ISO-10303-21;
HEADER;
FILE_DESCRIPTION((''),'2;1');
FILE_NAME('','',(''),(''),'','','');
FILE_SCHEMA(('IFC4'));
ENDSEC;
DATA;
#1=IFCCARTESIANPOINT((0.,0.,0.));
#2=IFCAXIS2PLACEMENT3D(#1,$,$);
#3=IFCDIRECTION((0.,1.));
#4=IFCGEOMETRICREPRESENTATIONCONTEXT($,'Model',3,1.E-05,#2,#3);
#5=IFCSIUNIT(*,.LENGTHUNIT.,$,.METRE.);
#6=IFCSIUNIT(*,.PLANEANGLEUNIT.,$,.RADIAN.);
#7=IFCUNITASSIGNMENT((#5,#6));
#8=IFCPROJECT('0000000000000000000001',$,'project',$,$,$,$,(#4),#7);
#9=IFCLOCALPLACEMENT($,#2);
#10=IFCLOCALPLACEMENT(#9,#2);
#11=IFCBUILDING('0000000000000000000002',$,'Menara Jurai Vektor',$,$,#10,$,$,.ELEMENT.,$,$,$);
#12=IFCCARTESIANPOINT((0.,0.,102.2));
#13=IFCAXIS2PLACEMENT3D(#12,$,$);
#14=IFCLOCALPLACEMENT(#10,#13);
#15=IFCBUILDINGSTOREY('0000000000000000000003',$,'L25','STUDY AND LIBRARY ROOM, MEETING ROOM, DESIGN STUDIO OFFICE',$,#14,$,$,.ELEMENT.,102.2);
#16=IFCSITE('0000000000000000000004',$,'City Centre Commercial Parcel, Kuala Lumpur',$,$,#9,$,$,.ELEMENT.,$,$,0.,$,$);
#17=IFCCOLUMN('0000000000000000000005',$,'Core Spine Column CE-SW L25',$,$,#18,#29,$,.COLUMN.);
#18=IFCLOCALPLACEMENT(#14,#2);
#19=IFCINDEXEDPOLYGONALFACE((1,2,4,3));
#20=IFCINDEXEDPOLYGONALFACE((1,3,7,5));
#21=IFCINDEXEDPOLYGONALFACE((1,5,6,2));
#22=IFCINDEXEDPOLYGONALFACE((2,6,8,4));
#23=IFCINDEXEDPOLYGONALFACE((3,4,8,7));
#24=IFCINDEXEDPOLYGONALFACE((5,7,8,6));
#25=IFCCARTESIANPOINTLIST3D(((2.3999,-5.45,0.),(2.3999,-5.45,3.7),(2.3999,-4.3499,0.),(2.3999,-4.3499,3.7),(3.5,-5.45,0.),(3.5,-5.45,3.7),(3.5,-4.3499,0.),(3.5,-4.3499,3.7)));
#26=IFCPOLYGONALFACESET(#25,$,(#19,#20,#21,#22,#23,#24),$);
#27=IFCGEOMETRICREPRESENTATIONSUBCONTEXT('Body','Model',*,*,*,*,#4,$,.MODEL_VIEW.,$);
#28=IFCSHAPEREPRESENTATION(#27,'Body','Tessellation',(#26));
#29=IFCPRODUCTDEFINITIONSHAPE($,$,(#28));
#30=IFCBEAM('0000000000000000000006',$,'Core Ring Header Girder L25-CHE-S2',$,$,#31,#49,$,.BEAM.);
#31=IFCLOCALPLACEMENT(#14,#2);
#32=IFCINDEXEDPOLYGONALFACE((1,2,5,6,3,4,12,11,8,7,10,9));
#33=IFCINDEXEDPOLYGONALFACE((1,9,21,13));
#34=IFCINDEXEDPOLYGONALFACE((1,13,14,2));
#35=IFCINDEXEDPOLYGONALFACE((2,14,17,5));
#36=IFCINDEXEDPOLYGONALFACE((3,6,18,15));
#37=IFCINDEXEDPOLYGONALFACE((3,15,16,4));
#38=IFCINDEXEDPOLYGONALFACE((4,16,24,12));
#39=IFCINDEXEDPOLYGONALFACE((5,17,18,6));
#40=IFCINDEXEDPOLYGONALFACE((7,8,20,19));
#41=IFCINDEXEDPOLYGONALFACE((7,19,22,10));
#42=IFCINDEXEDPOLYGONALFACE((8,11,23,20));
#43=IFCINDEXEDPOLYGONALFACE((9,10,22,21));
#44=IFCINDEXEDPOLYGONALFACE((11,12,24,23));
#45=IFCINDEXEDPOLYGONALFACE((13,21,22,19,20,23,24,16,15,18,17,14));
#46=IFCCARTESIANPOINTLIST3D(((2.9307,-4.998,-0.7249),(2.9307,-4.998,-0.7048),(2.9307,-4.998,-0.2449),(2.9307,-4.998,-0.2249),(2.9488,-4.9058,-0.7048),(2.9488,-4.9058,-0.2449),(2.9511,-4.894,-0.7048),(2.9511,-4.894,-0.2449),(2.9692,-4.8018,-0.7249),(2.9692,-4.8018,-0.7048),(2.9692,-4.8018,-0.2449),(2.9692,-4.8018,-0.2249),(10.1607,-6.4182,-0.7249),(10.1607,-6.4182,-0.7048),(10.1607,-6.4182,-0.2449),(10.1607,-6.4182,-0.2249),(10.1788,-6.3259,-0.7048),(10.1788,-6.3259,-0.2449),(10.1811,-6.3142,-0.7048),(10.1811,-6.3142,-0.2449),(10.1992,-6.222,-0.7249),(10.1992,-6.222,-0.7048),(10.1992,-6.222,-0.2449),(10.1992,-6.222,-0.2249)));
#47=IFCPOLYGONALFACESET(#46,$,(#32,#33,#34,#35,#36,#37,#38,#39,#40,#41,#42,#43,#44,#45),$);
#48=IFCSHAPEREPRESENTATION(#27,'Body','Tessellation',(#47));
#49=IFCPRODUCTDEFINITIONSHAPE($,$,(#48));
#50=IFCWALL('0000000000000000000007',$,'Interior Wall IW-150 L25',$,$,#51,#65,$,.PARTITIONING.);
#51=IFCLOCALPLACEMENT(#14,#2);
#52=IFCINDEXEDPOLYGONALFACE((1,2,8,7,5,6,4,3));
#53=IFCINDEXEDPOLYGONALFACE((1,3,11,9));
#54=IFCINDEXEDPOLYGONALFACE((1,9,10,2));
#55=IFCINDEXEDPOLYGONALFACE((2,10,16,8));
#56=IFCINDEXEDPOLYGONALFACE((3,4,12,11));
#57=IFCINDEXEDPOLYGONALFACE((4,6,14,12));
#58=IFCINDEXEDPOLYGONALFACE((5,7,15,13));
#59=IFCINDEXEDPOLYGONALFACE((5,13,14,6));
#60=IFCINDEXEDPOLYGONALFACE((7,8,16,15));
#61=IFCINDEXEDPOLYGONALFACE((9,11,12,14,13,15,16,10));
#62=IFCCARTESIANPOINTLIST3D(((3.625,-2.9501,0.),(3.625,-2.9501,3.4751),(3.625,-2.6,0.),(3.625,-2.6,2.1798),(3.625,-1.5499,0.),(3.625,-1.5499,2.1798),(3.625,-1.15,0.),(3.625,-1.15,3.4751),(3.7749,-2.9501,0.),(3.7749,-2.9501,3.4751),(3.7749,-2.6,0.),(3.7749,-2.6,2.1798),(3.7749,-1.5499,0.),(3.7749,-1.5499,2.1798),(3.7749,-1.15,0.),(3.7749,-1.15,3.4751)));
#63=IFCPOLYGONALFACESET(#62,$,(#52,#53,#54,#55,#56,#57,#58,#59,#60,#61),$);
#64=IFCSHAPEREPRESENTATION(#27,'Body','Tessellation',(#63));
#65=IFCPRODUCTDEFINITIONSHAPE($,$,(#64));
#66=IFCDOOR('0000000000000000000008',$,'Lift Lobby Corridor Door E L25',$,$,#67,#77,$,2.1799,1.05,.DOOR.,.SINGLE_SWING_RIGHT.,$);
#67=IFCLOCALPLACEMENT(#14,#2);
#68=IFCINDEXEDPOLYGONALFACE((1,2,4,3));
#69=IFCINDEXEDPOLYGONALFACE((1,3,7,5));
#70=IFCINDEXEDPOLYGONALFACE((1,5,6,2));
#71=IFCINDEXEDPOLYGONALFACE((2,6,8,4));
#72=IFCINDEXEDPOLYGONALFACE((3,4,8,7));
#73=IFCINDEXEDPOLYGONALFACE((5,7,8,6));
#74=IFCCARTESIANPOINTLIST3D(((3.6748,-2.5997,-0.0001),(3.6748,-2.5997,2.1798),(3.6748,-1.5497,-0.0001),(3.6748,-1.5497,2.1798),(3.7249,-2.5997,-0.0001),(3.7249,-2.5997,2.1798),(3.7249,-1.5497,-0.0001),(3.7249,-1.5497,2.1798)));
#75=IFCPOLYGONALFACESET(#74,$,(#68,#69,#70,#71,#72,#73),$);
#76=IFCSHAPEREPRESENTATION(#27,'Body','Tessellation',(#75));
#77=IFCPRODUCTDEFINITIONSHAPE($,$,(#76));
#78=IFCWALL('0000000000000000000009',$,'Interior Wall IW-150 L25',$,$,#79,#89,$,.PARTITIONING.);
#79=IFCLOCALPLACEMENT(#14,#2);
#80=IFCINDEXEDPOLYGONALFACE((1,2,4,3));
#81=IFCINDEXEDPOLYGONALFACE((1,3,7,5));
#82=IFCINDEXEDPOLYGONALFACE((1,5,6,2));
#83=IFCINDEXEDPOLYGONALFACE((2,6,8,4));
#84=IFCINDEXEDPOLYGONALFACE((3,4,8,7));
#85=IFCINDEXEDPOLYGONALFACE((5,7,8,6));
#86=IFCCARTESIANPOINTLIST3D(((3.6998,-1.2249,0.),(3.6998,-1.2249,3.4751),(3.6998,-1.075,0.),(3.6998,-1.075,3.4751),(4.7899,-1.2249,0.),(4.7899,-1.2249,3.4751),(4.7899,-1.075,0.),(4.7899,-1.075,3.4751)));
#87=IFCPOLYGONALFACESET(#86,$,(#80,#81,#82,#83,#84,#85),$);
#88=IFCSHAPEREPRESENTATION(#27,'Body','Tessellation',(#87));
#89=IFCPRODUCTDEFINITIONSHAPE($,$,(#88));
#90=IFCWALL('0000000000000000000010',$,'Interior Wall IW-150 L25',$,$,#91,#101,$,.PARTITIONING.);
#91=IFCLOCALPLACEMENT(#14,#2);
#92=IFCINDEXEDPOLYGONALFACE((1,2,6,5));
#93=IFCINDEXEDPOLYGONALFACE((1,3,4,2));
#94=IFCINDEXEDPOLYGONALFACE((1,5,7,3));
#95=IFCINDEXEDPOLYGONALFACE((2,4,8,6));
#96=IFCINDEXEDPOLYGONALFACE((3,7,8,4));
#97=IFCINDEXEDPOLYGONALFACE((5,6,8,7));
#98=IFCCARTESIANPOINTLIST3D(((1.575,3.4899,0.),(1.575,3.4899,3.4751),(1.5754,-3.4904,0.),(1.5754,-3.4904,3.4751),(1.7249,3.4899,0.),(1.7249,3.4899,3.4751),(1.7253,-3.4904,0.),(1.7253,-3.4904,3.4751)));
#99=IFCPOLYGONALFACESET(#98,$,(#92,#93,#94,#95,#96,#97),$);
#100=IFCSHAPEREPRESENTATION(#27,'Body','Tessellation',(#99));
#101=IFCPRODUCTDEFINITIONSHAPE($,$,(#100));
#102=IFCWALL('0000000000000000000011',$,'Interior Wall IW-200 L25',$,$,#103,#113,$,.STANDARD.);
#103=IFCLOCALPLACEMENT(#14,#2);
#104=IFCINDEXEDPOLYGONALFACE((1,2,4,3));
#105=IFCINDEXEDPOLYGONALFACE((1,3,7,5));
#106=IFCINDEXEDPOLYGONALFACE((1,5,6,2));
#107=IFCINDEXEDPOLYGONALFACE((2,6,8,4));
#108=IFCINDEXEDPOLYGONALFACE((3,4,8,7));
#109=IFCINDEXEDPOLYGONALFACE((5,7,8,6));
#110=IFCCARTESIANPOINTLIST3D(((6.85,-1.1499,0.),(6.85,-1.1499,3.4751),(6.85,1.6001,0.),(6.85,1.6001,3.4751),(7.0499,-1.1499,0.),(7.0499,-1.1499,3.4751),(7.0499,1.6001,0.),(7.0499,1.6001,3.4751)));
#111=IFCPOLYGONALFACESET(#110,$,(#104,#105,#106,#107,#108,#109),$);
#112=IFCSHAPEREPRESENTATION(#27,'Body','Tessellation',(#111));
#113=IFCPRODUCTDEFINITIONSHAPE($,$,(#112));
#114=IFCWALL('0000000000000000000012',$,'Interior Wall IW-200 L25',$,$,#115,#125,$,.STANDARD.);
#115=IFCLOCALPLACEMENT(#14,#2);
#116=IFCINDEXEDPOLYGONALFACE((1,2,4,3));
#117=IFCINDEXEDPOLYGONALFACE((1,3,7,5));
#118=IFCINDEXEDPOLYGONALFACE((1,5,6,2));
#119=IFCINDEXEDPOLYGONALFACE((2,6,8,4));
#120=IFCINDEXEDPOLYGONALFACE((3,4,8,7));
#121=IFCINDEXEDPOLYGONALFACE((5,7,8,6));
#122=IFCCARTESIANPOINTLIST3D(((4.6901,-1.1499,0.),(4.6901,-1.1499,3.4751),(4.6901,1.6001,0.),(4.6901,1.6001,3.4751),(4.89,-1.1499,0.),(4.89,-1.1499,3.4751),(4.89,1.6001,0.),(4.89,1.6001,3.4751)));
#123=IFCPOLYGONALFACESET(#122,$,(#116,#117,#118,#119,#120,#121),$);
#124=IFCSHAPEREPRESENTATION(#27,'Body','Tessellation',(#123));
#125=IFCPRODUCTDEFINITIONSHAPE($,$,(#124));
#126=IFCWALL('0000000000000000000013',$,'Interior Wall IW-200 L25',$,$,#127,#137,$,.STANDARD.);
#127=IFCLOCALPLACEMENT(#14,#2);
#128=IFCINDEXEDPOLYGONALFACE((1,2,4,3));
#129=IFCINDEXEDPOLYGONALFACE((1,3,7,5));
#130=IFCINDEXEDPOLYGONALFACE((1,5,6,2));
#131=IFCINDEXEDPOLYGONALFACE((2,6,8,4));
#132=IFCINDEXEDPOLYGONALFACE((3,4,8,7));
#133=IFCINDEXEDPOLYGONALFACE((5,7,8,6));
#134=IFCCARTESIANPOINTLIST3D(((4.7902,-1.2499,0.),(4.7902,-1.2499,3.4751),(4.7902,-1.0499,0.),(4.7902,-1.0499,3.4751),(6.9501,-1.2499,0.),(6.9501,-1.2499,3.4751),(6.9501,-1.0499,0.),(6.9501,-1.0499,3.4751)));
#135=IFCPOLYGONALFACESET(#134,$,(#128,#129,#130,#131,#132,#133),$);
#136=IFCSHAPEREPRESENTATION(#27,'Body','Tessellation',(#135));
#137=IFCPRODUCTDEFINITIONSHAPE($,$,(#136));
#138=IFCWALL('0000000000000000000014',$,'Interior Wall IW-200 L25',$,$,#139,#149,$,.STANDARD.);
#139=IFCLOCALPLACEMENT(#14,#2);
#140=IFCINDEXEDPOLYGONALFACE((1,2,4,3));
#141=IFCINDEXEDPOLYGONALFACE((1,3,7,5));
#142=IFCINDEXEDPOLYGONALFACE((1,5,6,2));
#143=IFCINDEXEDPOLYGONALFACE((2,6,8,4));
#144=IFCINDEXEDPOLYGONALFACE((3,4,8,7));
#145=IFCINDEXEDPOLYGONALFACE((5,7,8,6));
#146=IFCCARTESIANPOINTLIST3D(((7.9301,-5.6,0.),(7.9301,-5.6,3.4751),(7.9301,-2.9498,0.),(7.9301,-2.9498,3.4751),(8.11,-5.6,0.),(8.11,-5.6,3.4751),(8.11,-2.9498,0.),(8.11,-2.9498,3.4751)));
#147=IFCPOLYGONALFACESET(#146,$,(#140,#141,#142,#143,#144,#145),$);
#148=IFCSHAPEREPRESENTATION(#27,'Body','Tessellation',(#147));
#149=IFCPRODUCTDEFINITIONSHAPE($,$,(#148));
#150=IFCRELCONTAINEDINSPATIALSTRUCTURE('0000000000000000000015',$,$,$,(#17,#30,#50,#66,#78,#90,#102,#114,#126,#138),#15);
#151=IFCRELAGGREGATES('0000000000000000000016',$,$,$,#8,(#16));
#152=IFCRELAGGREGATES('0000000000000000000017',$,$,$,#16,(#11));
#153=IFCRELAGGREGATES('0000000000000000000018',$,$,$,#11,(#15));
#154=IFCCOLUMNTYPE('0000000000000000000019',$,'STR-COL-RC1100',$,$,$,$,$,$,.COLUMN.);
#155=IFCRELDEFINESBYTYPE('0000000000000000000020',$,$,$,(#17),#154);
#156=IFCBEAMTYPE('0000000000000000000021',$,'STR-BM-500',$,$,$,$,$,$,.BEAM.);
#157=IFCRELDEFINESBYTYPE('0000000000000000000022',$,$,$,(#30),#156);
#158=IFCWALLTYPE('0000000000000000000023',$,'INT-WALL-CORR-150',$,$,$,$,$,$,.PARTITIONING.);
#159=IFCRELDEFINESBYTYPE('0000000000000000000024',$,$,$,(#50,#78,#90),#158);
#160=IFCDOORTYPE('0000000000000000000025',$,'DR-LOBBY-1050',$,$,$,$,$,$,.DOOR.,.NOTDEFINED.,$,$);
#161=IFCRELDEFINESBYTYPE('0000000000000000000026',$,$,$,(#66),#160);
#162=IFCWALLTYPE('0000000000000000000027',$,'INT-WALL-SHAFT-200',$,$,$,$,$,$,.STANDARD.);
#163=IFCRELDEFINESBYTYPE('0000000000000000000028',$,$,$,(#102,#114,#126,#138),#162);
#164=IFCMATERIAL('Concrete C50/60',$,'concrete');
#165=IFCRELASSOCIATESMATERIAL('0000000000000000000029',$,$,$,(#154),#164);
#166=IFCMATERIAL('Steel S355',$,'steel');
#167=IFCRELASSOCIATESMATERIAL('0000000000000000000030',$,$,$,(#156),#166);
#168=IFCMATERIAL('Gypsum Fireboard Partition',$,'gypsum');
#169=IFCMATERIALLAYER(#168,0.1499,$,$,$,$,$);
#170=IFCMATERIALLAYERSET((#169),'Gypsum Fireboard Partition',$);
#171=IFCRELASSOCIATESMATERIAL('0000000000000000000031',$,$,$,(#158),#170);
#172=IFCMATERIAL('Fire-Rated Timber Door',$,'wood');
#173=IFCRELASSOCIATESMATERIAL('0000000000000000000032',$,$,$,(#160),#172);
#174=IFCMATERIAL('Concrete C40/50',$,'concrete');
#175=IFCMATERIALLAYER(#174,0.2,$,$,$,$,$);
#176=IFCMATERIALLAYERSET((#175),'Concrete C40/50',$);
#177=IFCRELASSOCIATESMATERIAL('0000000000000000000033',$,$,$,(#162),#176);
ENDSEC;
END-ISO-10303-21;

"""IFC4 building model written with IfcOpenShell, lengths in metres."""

from ifc_helpers import new_model, si_unit, direction, frame, frame_2d, origin, origin_2d, place, context, subcontext, project, spatial, rectangle, i_section, extrude, material, layer, layer_set, material_profile, profile_set, type_object, element, fill, save


model = new_model("IFC4")

# Units and contexts
model_context = context("Model", 3, precision=1e-05, world=origin(), true_north=direction((0.0, 1.0)))
body_context = subcontext(model_context, "Body", "Model", "MODEL_VIEW")
ifc_project = project(units=[si_unit("LENGTHUNIT", "METRE"), si_unit("PLANEANGLEUNIT", "RADIAN")], contexts=[model_context])

# Site, building, storey
site_placement = place(None, origin())
site = spatial("IfcSite", under=ifc_project, at=site_placement, Name="City Centre Commercial Parcel, Kuala Lumpur", CompositionType="ELEMENT", RefElevation=0.0)
building_placement = place(site_placement, origin())
building = spatial("IfcBuilding", under=site, at=building_placement, Name="Menara Jurai Vektor", CompositionType="ELEMENT")
storey_placement = place(building_placement, frame((0.0, 0.0, 102.2)))
storey = spatial("IfcBuildingStorey", under=building, at=storey_placement, Name="L25", Description="STUDY AND LIBRARY ROOM, MEETING ROOM, DESIGN STUDIO OFFICE", CompositionType="ELEMENT", Elevation=102.2)

# Column
ifc_material_1 = material(Name="Concrete C50/60", Category="concrete")
ifc_material_profile_1 = material_profile(ifc_material_1, rectangle(XDim=1.1001, YDim=1.1001, at=origin_2d()), Name="RC 1100x1100")
ifc_profile_set_1 = profile_set([ifc_material_profile_1], Name="Concrete C50/60")
column_type = type_object("IfcColumnType", Name="STR-COL-RC1100", PredefinedType="COLUMN", material=ifc_profile_set_1)
column_placement = place(storey_placement, frame((2.95, -4.8999, 0.0), z_axis=(0.0, 0.0, 1.0), x_axis=(1.0, 0.0, 0.0)))
element("IfcColumn", 1, at=column_placement, inside=storey, type_object=column_type, Name="Core Spine Column CE-SW L25", PredefinedType="COLUMN", context=body_context, shape_type="SweptSolid", body=[
    extrude(rectangle(XDim=1.1001, YDim=1.1001, at=origin_2d()), origin(), (0.0, 0.0, 1.0), 3.7),
])

# Beam
ifc_material_2 = material(Name="Steel S355", Category="steel")
ifc_material_profile_2 = material_profile(ifc_material_2, i_section(OverallWidth=0.2, OverallDepth=0.5, WebThickness=0.012, FlangeThickness=0.02, at=origin_2d()), Name="PG 500x200x96")
ifc_profile_set_2 = profile_set([ifc_material_profile_2], Name="Steel S355")
beam_type = type_object("IfcBeamType", Name="STR-BM-500", PredefinedType="BEAM", material=ifc_profile_set_2)
beam_placement = place(storey_placement, frame((2.95, -4.8999, -0.4749), z_axis=(0.981249, -0.192744, 0.0), x_axis=(0.192744, 0.981249, 0.0)))
element("IfcBeam", 2, at=beam_placement, inside=storey, type_object=beam_type, Name="Core Ring Header Girder L25-CHE-S2", PredefinedType="BEAM", context=body_context, shape_type="SweptSolid", body=[
    extrude(i_section(OverallWidth=0.2, OverallDepth=0.5, WebThickness=0.012, FlangeThickness=0.02, at=origin_2d()), origin(), (0.0, 0.0, 1.0), 7.3682),
])

# Wall, opening, door
ifc_material_3 = material(Name="Gypsum Fireboard Partition", Category="gypsum")
ifc_layer_1 = layer(ifc_material_3, 0.1499)
ifc_layer_set_1 = layer_set([ifc_layer_1], Name="Gypsum Fireboard Partition")
wall_type_1 = type_object("IfcWallType", Name="INT-WALL-CORR-150", PredefinedType="PARTITIONING", material=ifc_layer_set_1)
wall_1_placement = place(storey_placement, frame((3.7, -2.95, 0.0), z_axis=(0.0, 0.0, 1.0), x_axis=(0.0, 1.0, 0.0)))
wall_1 = element("IfcWall", 3, at=wall_1_placement, inside=storey, type_object=wall_type_1, Name="Interior Wall IW-150 L25", PredefinedType="PARTITIONING", context=body_context, shape_type="SweptSolid", body=[
    extrude(rectangle(XDim=1.8, YDim=0.1499, at=frame_2d((0.8999, 0.0))), origin(), (0.0, 0.0, 1.0), 3.4751),
])
opening_1_placement = place(wall_1_placement, frame((0.3501, 0.0, 0.0)))
opening_1 = element("IfcOpeningElement", 4, at=opening_1_placement, cuts=wall_1, PredefinedType="OPENING", context=body_context, shape_type="SweptSolid", body=[
    extrude(rectangle(XDim=1.05, YDim=2.1799, at=frame_2d((0.5249, 1.0898))), frame((0.0, 0.085, 0.0), z_axis=(0.0, -1.0, 0.0), x_axis=(1.0, 0.0, 0.0)), (0.0, 0.0, 1.0), 0.1699),
])
ifc_material_4 = material(Name="Fire-Rated Timber Door", Category="wood")
door_type_1 = type_object("IfcDoorType", Name="DR-LOBBY-1050", OperationType="NOTDEFINED", PredefinedType="DOOR", material=ifc_material_4)
door_1_placement = place(opening_1_placement, frame((1.05, 0.0, 0.0), z_axis=(0.0, 0.0, 1.0), x_axis=(-1.0, 0.0, 0.0)))
door_1 = element("IfcDoor", 5, at=door_1_placement, inside=storey, type_object=door_type_1, Name="Lift Lobby Corridor Door E L25", OperationType="SINGLE_SWING_RIGHT", OverallHeight=2.1799, OverallWidth=1.05, PredefinedType="DOOR", context=body_context, shape_type="SweptSolid", body=[
    extrude(rectangle(XDim=1.05, YDim=2.1799, at=frame_2d((0.5249, 1.0898))), frame((0.0, 0.0249, 0.0), z_axis=(0.0, -1.0, 0.0), x_axis=(1.0, 0.0, 0.0)), (0.0, 0.0, 1.0), 0.05),
])
fill(opening_1, door_1)

# Walls
wall_2_placement = place(storey_placement, frame((3.7, -1.1499, 0.0), z_axis=(0.0, 0.0, 1.0), x_axis=(1.0, 0.0, 0.0)))
element("IfcWall", 6, at=wall_2_placement, inside=storey, type_object=wall_type_1, Name="Interior Wall IW-150 L25", PredefinedType="PARTITIONING", context=body_context, shape_type="SweptSolid", body=[
    extrude(rectangle(XDim=1.0901, YDim=0.1499, at=frame_2d((0.5449, 0.0))), origin(), (0.0, 0.0, 1.0), 3.4751),
])
wall_3_placement = place(storey_placement, frame((1.6504, -3.4905, 0.0), z_axis=(0.0, 0.0, 1.0), x_axis=(-0.00007, 1.0, 0.0)))
element("IfcWall", 7, at=wall_3_placement, inside=storey, type_object=wall_type_1, Name="Interior Wall IW-150 L25", PredefinedType="PARTITIONING", context=body_context, shape_type="SweptSolid", body=[
    extrude(rectangle(XDim=6.9802, YDim=0.1499, at=frame_2d((3.4902, 0.0))), origin(), (0.0, 0.0, 1.0), 3.4751),
])

# Shared definitions
ifc_material_5 = material(Name="Concrete C40/50", Category="concrete")
ifc_layer_2 = layer(ifc_material_5, 0.2)
ifc_layer_set_2 = layer_set([ifc_layer_2], Name="Concrete C40/50")
wall_type_2 = type_object("IfcWallType", Name="INT-WALL-SHAFT-200", PredefinedType="STANDARD", material=ifc_layer_set_2)

# Wall
wall_4_placement = place(storey_placement, frame((6.95, -1.1499, 0.0), z_axis=(0.0, 0.0, 1.0), x_axis=(0.0, 1.0, 0.0)))
element("IfcWall", 8, at=wall_4_placement, inside=storey, type_object=wall_type_2, Name="Interior Wall IW-200 L25", PredefinedType="STANDARD", context=body_context, shape_type="SweptSolid", body=[
    extrude(rectangle(XDim=2.75, YDim=0.2, at=frame_2d((1.375, 0.0))), origin(), (0.0, 0.0, 1.0), 3.4751),
])

# Walls
wall_5_placement = place(storey_placement, frame((4.79, -1.1499, 0.0), z_axis=(0.0, 0.0, 1.0), x_axis=(0.0, 1.0, 0.0)))
element("IfcWall", 9, at=wall_5_placement, inside=storey, type_object=wall_type_2, Name="Interior Wall IW-200 L25", PredefinedType="STANDARD", context=body_context, shape_type="SweptSolid", body=[
    extrude(rectangle(XDim=2.75, YDim=0.2, at=frame_2d((1.375, 0.0))), origin(), (0.0, 0.0, 1.0), 3.4751),
])
wall_6_placement = place(storey_placement, frame((4.79, -1.1499, 0.0), z_axis=(0.0, 0.0, 1.0), x_axis=(1.0, 0.0, 0.0)))
element("IfcWall", 10, at=wall_6_placement, inside=storey, type_object=wall_type_2, Name="Interior Wall IW-200 L25", PredefinedType="STANDARD", context=body_context, shape_type="SweptSolid", body=[
    extrude(rectangle(XDim=2.1599, YDim=0.2, at=frame_2d((1.0801, 0.0))), origin(), (0.0, 0.0, 1.0), 3.4751),
])

# Wall
wall_7_placement = place(storey_placement, frame((8.02, -5.6001, 0.0), z_axis=(0.0, 0.0, 1.0), x_axis=(0.0, 1.0, 0.0)))
element("IfcWall", 11, at=wall_7_placement, inside=storey, type_object=wall_type_2, Name="Interior Wall IW-200 L25", PredefinedType="STANDARD", context=body_context, shape_type="SweptSolid", body=[
    extrude(rectangle(XDim=2.6501, YDim=0.1799, at=frame_2d((1.3252, 0.0))), origin(), (0.0, 0.0, 1.0), 3.4751),
])

save(model, "model.ifc")
